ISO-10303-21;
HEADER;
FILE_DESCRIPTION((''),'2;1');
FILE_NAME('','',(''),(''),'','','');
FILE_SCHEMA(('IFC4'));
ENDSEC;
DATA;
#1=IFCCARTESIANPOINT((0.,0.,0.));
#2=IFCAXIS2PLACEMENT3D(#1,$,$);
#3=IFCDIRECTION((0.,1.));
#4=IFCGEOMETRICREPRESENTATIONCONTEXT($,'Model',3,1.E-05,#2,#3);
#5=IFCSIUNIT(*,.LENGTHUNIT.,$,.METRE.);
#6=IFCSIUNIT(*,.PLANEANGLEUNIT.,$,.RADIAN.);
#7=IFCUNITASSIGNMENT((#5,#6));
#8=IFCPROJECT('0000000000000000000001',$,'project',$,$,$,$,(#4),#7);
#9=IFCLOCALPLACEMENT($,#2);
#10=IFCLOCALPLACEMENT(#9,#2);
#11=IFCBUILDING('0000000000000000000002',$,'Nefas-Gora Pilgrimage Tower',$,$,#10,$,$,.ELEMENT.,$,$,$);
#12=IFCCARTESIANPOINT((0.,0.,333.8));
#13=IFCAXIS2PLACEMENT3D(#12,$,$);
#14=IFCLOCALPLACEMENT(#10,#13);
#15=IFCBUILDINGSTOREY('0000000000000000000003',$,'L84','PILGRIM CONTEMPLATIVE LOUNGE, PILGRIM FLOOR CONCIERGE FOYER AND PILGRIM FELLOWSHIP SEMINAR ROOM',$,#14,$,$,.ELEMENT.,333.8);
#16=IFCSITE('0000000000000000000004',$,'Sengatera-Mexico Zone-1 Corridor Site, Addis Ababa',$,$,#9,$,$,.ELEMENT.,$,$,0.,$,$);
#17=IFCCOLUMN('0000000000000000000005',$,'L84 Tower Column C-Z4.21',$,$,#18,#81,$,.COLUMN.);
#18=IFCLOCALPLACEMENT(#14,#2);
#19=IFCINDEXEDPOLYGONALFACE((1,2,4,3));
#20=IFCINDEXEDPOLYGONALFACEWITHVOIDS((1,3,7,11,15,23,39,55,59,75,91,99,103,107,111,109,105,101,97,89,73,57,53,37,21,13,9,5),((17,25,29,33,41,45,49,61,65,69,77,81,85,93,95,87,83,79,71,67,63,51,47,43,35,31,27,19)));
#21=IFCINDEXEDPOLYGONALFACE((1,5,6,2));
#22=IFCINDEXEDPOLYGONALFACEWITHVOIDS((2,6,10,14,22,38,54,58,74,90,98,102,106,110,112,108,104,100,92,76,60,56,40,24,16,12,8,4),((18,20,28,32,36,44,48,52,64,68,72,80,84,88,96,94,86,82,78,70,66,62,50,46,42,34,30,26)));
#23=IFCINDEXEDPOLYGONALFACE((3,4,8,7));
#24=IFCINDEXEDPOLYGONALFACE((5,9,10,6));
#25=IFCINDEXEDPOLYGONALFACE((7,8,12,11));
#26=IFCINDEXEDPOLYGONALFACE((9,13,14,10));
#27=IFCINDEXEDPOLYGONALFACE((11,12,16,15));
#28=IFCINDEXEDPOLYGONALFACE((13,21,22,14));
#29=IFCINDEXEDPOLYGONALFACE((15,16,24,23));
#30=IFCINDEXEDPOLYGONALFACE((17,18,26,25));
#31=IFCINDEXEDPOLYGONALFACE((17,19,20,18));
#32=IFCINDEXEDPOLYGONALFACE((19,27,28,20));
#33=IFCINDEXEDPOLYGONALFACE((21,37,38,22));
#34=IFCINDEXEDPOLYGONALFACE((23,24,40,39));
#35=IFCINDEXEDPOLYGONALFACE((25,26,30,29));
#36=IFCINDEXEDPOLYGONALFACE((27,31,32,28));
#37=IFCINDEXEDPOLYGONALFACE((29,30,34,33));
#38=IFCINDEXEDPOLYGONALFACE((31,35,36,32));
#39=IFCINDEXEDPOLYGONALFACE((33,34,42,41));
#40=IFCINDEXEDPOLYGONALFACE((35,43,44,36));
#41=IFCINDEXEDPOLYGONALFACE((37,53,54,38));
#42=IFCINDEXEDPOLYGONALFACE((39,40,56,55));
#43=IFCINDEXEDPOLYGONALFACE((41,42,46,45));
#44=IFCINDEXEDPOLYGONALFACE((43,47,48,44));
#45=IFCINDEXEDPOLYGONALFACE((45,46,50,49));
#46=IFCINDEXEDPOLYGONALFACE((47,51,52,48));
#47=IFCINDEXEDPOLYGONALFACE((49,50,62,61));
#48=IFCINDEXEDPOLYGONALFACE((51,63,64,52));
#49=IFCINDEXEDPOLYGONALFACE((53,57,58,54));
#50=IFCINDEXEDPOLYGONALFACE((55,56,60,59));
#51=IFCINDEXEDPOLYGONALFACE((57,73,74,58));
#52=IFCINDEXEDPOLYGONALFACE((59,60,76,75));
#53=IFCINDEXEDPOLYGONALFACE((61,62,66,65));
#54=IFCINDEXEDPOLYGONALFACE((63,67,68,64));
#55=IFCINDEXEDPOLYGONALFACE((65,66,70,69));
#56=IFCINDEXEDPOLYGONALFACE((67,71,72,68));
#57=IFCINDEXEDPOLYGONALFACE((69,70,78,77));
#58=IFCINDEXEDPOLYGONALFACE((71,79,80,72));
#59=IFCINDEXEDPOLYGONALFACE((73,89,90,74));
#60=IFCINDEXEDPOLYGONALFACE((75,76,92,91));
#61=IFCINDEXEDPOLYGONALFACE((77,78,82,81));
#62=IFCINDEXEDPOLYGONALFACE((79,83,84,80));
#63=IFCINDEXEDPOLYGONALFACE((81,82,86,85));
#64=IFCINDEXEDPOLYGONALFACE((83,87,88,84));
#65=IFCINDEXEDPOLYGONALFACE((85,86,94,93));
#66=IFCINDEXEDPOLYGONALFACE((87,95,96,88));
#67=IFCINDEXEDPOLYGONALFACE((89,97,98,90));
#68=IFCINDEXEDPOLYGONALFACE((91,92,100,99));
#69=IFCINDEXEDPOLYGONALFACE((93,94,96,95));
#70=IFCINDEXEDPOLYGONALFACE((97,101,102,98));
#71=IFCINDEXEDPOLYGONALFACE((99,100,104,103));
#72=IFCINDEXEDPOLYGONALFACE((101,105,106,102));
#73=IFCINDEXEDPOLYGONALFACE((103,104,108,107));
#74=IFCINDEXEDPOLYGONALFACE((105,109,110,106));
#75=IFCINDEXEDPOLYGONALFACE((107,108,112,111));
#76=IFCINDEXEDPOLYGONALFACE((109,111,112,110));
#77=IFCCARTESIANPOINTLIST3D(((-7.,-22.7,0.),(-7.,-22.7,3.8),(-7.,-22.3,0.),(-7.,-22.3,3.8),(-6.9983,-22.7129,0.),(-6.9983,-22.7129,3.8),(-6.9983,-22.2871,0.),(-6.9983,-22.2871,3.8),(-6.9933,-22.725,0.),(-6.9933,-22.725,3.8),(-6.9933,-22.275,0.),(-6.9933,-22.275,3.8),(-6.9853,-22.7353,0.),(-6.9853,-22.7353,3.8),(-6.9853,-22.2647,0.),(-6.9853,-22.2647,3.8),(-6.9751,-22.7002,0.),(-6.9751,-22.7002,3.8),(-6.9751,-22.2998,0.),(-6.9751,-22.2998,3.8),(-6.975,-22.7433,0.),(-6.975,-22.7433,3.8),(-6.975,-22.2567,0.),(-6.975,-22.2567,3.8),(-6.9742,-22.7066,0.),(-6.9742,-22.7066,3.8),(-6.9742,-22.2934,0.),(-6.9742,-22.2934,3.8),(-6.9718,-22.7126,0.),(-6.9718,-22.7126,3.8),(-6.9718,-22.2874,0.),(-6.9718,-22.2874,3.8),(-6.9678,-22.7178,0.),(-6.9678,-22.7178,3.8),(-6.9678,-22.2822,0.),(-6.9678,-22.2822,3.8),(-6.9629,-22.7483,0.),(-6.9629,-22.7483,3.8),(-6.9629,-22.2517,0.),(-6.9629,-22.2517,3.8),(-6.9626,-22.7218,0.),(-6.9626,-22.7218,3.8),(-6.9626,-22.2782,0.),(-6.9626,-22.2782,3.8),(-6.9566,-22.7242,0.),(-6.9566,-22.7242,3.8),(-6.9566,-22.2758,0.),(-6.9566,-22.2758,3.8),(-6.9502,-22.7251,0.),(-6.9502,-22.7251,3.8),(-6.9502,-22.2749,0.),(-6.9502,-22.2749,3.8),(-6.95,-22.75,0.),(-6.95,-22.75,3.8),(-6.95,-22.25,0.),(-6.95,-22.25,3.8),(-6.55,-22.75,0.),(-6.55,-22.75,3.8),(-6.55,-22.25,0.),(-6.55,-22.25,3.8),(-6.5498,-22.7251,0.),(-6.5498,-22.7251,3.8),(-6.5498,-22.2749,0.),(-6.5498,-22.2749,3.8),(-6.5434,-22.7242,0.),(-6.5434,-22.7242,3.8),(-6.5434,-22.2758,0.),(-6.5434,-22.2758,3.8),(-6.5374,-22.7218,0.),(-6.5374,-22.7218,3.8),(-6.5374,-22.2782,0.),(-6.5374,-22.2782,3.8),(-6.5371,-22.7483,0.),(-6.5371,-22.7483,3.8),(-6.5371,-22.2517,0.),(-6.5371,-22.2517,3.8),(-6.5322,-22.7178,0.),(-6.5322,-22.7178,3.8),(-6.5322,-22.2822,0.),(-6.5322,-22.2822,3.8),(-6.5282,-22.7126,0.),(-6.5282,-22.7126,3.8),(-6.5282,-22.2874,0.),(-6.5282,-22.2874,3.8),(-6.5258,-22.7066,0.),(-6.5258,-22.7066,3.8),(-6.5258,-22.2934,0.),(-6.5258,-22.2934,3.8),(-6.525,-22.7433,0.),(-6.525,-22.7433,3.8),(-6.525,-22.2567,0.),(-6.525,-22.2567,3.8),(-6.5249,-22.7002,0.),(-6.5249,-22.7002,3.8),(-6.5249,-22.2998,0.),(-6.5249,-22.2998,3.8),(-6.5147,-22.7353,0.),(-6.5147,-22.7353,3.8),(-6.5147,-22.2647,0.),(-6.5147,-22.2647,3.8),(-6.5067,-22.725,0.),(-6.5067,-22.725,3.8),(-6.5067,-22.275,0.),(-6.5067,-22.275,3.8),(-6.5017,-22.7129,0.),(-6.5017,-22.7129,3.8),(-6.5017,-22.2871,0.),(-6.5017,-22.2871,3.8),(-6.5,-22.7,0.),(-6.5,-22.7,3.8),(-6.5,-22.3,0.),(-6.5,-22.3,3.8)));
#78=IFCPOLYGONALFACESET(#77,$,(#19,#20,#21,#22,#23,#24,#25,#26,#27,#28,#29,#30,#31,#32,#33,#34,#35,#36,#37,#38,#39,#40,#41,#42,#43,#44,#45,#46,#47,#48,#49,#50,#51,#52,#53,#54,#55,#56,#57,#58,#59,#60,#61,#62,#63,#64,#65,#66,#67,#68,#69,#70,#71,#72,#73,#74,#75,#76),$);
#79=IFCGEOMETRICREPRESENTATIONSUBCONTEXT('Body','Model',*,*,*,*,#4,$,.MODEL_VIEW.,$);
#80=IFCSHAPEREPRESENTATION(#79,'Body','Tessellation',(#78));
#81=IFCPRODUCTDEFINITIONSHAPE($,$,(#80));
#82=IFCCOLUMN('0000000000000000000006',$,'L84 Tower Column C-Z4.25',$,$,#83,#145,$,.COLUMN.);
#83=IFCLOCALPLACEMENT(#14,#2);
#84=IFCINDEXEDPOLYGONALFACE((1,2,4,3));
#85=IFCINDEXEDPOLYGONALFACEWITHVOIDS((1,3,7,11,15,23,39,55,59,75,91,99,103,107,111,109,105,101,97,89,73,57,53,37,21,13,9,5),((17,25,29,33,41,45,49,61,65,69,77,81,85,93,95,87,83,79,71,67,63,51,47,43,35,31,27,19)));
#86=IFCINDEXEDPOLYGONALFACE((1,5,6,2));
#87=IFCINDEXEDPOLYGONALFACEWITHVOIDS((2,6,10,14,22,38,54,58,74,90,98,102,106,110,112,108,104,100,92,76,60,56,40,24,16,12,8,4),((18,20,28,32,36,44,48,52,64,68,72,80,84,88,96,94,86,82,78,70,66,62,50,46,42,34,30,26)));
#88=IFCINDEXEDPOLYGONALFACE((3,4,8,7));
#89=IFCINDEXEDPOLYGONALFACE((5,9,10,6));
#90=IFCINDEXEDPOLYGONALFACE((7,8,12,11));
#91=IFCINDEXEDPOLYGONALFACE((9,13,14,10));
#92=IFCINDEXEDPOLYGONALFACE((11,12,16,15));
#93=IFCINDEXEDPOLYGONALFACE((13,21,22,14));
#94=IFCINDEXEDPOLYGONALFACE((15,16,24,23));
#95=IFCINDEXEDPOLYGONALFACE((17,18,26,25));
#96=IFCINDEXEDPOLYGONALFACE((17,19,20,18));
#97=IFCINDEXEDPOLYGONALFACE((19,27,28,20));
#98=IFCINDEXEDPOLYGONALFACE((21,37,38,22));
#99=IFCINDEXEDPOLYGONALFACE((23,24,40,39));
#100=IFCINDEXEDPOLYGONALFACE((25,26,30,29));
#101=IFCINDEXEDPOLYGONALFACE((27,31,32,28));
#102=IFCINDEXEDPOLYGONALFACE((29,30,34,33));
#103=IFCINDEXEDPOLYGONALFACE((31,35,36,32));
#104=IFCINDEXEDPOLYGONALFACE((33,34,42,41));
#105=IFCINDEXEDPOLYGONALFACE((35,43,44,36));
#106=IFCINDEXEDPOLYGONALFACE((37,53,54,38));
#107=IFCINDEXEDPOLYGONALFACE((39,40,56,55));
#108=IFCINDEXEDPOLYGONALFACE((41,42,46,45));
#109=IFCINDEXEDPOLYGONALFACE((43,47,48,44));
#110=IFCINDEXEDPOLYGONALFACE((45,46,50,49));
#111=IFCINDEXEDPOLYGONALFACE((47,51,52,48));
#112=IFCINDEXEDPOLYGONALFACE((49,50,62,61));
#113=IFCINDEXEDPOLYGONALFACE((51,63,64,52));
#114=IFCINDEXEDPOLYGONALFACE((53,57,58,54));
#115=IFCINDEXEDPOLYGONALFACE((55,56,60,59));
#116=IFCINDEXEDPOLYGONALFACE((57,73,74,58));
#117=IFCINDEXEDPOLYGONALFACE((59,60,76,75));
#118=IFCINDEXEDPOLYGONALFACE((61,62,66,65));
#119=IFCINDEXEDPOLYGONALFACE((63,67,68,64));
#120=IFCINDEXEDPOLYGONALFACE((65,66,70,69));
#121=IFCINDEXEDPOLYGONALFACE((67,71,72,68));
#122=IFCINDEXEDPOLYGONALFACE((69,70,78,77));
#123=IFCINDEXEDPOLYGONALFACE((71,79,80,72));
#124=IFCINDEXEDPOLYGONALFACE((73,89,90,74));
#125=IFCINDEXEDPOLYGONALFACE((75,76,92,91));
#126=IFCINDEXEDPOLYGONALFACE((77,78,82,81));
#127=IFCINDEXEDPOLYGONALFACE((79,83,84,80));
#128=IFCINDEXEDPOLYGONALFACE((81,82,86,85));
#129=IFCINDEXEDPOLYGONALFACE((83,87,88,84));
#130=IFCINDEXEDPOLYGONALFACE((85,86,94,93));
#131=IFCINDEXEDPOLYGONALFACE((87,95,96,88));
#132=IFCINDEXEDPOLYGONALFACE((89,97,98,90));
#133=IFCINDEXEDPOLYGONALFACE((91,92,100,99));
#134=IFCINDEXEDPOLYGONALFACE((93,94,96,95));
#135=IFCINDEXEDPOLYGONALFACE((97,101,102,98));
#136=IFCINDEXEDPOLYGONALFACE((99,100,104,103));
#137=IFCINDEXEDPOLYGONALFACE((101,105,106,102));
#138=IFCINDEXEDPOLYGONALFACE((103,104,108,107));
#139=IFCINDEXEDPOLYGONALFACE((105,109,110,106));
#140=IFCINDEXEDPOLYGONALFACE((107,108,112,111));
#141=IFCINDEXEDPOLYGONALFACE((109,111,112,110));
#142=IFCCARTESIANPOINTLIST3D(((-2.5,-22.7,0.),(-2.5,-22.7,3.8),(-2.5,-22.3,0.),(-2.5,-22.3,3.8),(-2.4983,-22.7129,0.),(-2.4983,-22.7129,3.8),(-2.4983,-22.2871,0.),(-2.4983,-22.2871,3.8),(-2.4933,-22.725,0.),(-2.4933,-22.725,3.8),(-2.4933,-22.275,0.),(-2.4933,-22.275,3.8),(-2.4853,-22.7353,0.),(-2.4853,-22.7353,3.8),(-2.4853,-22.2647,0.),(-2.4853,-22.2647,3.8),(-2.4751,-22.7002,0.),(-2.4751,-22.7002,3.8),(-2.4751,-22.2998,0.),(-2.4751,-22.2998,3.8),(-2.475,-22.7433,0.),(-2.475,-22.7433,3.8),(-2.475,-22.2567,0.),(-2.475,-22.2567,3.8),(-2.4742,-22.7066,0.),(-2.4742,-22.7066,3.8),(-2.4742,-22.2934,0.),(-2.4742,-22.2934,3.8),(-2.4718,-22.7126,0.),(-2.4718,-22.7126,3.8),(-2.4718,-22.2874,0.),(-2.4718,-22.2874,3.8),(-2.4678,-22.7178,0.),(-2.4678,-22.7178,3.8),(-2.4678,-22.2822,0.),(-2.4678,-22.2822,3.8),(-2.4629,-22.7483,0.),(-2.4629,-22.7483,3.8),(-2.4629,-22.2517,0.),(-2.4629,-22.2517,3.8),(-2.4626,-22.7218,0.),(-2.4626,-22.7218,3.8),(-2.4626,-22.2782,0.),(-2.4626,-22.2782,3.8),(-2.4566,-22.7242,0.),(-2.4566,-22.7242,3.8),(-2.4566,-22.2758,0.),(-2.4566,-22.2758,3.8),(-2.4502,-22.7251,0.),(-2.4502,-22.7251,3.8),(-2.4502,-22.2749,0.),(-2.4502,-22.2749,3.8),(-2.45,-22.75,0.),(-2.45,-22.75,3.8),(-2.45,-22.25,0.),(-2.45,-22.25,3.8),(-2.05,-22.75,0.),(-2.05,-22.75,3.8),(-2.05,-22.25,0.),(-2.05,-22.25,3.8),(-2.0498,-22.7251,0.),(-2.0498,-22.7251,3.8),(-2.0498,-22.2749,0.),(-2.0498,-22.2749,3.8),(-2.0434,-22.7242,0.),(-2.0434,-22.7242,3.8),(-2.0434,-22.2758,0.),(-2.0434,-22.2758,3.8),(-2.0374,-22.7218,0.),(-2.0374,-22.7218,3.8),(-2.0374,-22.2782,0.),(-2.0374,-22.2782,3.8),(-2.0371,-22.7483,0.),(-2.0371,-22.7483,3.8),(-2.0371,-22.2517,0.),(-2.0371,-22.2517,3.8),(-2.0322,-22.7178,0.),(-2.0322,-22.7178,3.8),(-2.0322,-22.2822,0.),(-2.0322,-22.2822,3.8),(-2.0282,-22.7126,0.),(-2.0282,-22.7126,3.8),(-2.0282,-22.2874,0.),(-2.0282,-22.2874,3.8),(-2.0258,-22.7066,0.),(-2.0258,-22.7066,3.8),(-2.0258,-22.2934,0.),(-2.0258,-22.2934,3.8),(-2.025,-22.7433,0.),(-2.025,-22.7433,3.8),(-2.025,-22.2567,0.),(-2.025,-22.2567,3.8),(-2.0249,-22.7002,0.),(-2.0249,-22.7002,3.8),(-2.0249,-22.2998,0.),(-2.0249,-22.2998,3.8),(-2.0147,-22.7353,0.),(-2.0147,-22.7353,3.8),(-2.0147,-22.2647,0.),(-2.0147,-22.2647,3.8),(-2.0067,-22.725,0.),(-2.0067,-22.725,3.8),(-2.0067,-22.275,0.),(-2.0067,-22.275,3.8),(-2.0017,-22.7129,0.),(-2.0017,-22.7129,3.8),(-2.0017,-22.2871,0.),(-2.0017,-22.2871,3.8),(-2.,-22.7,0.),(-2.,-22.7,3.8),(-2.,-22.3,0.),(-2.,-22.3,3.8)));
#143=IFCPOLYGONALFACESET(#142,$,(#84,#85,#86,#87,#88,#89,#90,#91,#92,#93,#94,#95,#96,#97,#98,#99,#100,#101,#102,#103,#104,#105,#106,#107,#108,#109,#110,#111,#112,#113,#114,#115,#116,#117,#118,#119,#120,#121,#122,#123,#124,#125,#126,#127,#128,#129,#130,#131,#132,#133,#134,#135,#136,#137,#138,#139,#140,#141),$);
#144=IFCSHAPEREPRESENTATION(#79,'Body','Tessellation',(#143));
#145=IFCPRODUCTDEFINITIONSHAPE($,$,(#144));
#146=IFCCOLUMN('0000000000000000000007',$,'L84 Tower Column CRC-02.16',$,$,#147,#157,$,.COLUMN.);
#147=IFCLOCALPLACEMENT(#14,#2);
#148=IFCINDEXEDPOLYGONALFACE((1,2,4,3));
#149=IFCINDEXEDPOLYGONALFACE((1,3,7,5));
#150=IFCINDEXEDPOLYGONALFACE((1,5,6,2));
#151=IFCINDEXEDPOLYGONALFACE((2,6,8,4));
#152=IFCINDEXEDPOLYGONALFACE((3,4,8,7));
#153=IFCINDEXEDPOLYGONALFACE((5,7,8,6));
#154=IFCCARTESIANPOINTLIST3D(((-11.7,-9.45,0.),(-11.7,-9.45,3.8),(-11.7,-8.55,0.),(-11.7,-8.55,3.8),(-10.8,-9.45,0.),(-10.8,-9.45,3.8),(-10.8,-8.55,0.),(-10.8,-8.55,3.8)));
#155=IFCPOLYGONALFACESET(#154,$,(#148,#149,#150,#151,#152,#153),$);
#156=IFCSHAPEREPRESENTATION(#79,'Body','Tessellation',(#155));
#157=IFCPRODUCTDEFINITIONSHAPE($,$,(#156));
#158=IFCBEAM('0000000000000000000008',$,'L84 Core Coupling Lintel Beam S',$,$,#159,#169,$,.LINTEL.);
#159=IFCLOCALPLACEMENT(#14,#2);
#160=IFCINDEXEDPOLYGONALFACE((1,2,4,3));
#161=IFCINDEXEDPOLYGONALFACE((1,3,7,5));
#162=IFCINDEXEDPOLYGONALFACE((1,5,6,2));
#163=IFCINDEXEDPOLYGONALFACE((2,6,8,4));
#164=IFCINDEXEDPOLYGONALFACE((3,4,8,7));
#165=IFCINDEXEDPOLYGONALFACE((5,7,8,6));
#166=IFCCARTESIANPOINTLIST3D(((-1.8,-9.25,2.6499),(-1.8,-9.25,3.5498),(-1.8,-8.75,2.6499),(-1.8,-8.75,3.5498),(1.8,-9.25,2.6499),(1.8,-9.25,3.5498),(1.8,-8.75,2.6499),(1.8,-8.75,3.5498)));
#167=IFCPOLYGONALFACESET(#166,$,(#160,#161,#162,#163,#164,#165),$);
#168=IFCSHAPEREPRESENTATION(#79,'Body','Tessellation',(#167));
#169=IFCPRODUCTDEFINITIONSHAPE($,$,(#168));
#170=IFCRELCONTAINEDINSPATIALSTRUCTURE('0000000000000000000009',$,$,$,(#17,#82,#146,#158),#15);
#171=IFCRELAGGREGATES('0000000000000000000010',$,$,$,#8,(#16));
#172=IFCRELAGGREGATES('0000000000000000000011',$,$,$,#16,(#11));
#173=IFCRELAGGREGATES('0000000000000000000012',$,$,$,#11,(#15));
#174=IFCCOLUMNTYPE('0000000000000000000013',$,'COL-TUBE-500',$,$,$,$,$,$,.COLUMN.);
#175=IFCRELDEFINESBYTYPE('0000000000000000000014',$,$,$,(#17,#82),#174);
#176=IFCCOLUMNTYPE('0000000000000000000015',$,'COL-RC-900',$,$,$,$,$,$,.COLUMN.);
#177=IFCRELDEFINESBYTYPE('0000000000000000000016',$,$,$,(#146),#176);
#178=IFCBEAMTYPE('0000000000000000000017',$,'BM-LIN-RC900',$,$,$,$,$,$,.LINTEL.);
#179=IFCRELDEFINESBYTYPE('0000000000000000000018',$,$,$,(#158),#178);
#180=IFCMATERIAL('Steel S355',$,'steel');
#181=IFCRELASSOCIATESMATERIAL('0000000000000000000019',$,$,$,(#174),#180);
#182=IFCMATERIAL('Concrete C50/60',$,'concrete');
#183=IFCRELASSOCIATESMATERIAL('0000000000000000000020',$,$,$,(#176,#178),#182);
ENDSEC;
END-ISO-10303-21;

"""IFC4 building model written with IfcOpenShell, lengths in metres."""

from ifc_helpers import new_model, si_unit, direction, frame, origin, origin_2d, place, context, subcontext, project, spatial, rectangle, hollow_rectangle, extrude, source, transform, mapped, material, material_profile, profile_set, type_object, element, save


model = new_model("IFC4")

# Units and contexts
model_context = context("Model", 3, precision=1e-05, world=origin(), true_north=direction((0.0, 1.0)))
body_context = subcontext(model_context, "Body", "Model", "MODEL_VIEW")
ifc_project = project(units=[si_unit("LENGTHUNIT", "METRE"), si_unit("PLANEANGLEUNIT", "RADIAN")], contexts=[model_context])

# Site, building, storey
site_placement = place(None, origin())
site = spatial("IfcSite", under=ifc_project, at=site_placement, Name="Sengatera-Mexico Zone-1 Corridor Site, Addis Ababa", CompositionType="ELEMENT", RefElevation=0.0)
building_placement = place(site_placement, origin())
building = spatial("IfcBuilding", under=site, at=building_placement, Name="Nefas-Gora Pilgrimage Tower", CompositionType="ELEMENT")
storey_placement = place(building_placement, frame((0.0, 0.0, 333.8)))
storey = spatial("IfcBuildingStorey", under=building, at=storey_placement, Name="L84", Description="PILGRIM CONTEMPLATIVE LOUNGE, PILGRIM FLOOR CONCIERGE FOYER AND PILGRIM FELLOWSHIP SEMINAR ROOM", CompositionType="ELEMENT", Elevation=333.8)

# Columns
ifc_material_1 = material(Name="Steel S355", Category="steel")
ifc_material_profile_1 = material_profile(ifc_material_1, hollow_rectangle(XDim=0.5, YDim=0.5, WallThickness=0.0249, InnerFilletRadius=0.0249, OuterFilletRadius=0.05, at=origin_2d()), Name="SHS 500x500x25")
ifc_profile_set_1 = profile_set([ifc_material_profile_1], Name="Steel S355")
column_type_1 = type_object("IfcColumnType", Name="COL-TUBE-500", PredefinedType="COLUMN", material=ifc_profile_set_1)
shared_shape_1 = source(origin(), body_context, "Body", "SweptSolid", [
    extrude(hollow_rectangle(XDim=0.5, YDim=0.5, WallThickness=0.0249, InnerFilletRadius=0.0249, OuterFilletRadius=0.05, at=origin_2d()), origin(), (0.0, 0.0, 1.0), 3.8),
])
for number, where, z_axis, x_axis, name in (
    (1, (-6.75, -22.5, 0.0), (0.0, 0.0, 1.0), (1.0, 0.0, 0.0), "L84 Tower Column C-Z4.21"),
    (2, (-2.25, -22.5, 0.0), (0.0, 0.0, 1.0), (1.0, 0.0, 0.0), "L84 Tower Column C-Z4.25"),
):
    element("IfcColumn", number, at=place(storey_placement, frame(where, z_axis=z_axis, x_axis=x_axis)), inside=storey, type_object=column_type_1, Name=name, PredefinedType="COLUMN", context=body_context, shape_type="MappedRepresentation", body=[
        mapped(shared_shape_1, transform((0.0, 0.0, 0.0), x_axis=(1.0, 0.0, 0.0), y_axis=(0.0, 1.0, 0.0), z_axis=(0.0, 0.0, 1.0), scale=1.0)),
    ])
ifc_material_2 = material(Name="Concrete C50/60", Category="concrete")
ifc_material_profile_2 = material_profile(ifc_material_2, rectangle(XDim=0.8999, YDim=0.8999, at=origin_2d()), Name="RC 900x900")
ifc_profile_set_2 = profile_set([ifc_material_profile_2], Name="Concrete C50/60")
column_type_2 = type_object("IfcColumnType", Name="COL-RC-900", PredefinedType="COLUMN", material=ifc_profile_set_2)
shared_shape_2 = source(origin(), body_context, "Body", "SweptSolid", [
    extrude(rectangle(XDim=0.8999, YDim=0.8999, at=origin_2d()), origin(), (0.0, 0.0, 1.0), 3.8),
])
column_placement = place(storey_placement, frame((-11.25, -9.0, 0.0), z_axis=(0.0, 0.0, 1.0), x_axis=(1.0, 0.0, 0.0)))
element("IfcColumn", 3, at=column_placement, inside=storey, type_object=column_type_2, Name="L84 Tower Column CRC-02.16", PredefinedType="COLUMN", context=body_context, shape_type="MappedRepresentation", body=[
    mapped(shared_shape_2, transform((0.0, 0.0, 0.0), x_axis=(1.0, 0.0, 0.0), y_axis=(0.0, 1.0, 0.0), z_axis=(0.0, 0.0, 1.0), scale=1.0)),
])

# Beam
ifc_material_profile_3 = material_profile(ifc_material_2, rectangle(XDim=0.5, YDim=0.8999, at=origin_2d()), Name="RC 500x900")
ifc_profile_set_3 = profile_set([ifc_material_profile_3], Name="Concrete C50/60")
beam_type_1 = type_object("IfcBeamType", Name="BM-LIN-RC900", PredefinedType="LINTEL", material=ifc_profile_set_3)
shared_shape_3 = source(origin(), body_context, "Body", "SweptSolid", [
    extrude(rectangle(XDim=0.5, YDim=0.8999, at=origin_2d()), origin(), (0.0, 0.0, 1.0), 3.6001),
])
beam_placement = place(storey_placement, frame((-1.8, -9.0, 3.0999), z_axis=(1.0, 0.0, 0.0), x_axis=(0.0, 1.0, 0.0)))
element("IfcBeam", 4, at=beam_placement, inside=storey, type_object=beam_type_1, Name="L84 Core Coupling Lintel Beam S", PredefinedType="LINTEL", context=body_context, shape_type="MappedRepresentation", body=[
    mapped(shared_shape_3, transform((0.0, 0.0, 0.0), x_axis=(1.0, 0.0, 0.0), y_axis=(0.0, 1.0, 0.0), z_axis=(0.0, 0.0, 1.0), scale=1.0)),
])

save(model, "model.ifc")
